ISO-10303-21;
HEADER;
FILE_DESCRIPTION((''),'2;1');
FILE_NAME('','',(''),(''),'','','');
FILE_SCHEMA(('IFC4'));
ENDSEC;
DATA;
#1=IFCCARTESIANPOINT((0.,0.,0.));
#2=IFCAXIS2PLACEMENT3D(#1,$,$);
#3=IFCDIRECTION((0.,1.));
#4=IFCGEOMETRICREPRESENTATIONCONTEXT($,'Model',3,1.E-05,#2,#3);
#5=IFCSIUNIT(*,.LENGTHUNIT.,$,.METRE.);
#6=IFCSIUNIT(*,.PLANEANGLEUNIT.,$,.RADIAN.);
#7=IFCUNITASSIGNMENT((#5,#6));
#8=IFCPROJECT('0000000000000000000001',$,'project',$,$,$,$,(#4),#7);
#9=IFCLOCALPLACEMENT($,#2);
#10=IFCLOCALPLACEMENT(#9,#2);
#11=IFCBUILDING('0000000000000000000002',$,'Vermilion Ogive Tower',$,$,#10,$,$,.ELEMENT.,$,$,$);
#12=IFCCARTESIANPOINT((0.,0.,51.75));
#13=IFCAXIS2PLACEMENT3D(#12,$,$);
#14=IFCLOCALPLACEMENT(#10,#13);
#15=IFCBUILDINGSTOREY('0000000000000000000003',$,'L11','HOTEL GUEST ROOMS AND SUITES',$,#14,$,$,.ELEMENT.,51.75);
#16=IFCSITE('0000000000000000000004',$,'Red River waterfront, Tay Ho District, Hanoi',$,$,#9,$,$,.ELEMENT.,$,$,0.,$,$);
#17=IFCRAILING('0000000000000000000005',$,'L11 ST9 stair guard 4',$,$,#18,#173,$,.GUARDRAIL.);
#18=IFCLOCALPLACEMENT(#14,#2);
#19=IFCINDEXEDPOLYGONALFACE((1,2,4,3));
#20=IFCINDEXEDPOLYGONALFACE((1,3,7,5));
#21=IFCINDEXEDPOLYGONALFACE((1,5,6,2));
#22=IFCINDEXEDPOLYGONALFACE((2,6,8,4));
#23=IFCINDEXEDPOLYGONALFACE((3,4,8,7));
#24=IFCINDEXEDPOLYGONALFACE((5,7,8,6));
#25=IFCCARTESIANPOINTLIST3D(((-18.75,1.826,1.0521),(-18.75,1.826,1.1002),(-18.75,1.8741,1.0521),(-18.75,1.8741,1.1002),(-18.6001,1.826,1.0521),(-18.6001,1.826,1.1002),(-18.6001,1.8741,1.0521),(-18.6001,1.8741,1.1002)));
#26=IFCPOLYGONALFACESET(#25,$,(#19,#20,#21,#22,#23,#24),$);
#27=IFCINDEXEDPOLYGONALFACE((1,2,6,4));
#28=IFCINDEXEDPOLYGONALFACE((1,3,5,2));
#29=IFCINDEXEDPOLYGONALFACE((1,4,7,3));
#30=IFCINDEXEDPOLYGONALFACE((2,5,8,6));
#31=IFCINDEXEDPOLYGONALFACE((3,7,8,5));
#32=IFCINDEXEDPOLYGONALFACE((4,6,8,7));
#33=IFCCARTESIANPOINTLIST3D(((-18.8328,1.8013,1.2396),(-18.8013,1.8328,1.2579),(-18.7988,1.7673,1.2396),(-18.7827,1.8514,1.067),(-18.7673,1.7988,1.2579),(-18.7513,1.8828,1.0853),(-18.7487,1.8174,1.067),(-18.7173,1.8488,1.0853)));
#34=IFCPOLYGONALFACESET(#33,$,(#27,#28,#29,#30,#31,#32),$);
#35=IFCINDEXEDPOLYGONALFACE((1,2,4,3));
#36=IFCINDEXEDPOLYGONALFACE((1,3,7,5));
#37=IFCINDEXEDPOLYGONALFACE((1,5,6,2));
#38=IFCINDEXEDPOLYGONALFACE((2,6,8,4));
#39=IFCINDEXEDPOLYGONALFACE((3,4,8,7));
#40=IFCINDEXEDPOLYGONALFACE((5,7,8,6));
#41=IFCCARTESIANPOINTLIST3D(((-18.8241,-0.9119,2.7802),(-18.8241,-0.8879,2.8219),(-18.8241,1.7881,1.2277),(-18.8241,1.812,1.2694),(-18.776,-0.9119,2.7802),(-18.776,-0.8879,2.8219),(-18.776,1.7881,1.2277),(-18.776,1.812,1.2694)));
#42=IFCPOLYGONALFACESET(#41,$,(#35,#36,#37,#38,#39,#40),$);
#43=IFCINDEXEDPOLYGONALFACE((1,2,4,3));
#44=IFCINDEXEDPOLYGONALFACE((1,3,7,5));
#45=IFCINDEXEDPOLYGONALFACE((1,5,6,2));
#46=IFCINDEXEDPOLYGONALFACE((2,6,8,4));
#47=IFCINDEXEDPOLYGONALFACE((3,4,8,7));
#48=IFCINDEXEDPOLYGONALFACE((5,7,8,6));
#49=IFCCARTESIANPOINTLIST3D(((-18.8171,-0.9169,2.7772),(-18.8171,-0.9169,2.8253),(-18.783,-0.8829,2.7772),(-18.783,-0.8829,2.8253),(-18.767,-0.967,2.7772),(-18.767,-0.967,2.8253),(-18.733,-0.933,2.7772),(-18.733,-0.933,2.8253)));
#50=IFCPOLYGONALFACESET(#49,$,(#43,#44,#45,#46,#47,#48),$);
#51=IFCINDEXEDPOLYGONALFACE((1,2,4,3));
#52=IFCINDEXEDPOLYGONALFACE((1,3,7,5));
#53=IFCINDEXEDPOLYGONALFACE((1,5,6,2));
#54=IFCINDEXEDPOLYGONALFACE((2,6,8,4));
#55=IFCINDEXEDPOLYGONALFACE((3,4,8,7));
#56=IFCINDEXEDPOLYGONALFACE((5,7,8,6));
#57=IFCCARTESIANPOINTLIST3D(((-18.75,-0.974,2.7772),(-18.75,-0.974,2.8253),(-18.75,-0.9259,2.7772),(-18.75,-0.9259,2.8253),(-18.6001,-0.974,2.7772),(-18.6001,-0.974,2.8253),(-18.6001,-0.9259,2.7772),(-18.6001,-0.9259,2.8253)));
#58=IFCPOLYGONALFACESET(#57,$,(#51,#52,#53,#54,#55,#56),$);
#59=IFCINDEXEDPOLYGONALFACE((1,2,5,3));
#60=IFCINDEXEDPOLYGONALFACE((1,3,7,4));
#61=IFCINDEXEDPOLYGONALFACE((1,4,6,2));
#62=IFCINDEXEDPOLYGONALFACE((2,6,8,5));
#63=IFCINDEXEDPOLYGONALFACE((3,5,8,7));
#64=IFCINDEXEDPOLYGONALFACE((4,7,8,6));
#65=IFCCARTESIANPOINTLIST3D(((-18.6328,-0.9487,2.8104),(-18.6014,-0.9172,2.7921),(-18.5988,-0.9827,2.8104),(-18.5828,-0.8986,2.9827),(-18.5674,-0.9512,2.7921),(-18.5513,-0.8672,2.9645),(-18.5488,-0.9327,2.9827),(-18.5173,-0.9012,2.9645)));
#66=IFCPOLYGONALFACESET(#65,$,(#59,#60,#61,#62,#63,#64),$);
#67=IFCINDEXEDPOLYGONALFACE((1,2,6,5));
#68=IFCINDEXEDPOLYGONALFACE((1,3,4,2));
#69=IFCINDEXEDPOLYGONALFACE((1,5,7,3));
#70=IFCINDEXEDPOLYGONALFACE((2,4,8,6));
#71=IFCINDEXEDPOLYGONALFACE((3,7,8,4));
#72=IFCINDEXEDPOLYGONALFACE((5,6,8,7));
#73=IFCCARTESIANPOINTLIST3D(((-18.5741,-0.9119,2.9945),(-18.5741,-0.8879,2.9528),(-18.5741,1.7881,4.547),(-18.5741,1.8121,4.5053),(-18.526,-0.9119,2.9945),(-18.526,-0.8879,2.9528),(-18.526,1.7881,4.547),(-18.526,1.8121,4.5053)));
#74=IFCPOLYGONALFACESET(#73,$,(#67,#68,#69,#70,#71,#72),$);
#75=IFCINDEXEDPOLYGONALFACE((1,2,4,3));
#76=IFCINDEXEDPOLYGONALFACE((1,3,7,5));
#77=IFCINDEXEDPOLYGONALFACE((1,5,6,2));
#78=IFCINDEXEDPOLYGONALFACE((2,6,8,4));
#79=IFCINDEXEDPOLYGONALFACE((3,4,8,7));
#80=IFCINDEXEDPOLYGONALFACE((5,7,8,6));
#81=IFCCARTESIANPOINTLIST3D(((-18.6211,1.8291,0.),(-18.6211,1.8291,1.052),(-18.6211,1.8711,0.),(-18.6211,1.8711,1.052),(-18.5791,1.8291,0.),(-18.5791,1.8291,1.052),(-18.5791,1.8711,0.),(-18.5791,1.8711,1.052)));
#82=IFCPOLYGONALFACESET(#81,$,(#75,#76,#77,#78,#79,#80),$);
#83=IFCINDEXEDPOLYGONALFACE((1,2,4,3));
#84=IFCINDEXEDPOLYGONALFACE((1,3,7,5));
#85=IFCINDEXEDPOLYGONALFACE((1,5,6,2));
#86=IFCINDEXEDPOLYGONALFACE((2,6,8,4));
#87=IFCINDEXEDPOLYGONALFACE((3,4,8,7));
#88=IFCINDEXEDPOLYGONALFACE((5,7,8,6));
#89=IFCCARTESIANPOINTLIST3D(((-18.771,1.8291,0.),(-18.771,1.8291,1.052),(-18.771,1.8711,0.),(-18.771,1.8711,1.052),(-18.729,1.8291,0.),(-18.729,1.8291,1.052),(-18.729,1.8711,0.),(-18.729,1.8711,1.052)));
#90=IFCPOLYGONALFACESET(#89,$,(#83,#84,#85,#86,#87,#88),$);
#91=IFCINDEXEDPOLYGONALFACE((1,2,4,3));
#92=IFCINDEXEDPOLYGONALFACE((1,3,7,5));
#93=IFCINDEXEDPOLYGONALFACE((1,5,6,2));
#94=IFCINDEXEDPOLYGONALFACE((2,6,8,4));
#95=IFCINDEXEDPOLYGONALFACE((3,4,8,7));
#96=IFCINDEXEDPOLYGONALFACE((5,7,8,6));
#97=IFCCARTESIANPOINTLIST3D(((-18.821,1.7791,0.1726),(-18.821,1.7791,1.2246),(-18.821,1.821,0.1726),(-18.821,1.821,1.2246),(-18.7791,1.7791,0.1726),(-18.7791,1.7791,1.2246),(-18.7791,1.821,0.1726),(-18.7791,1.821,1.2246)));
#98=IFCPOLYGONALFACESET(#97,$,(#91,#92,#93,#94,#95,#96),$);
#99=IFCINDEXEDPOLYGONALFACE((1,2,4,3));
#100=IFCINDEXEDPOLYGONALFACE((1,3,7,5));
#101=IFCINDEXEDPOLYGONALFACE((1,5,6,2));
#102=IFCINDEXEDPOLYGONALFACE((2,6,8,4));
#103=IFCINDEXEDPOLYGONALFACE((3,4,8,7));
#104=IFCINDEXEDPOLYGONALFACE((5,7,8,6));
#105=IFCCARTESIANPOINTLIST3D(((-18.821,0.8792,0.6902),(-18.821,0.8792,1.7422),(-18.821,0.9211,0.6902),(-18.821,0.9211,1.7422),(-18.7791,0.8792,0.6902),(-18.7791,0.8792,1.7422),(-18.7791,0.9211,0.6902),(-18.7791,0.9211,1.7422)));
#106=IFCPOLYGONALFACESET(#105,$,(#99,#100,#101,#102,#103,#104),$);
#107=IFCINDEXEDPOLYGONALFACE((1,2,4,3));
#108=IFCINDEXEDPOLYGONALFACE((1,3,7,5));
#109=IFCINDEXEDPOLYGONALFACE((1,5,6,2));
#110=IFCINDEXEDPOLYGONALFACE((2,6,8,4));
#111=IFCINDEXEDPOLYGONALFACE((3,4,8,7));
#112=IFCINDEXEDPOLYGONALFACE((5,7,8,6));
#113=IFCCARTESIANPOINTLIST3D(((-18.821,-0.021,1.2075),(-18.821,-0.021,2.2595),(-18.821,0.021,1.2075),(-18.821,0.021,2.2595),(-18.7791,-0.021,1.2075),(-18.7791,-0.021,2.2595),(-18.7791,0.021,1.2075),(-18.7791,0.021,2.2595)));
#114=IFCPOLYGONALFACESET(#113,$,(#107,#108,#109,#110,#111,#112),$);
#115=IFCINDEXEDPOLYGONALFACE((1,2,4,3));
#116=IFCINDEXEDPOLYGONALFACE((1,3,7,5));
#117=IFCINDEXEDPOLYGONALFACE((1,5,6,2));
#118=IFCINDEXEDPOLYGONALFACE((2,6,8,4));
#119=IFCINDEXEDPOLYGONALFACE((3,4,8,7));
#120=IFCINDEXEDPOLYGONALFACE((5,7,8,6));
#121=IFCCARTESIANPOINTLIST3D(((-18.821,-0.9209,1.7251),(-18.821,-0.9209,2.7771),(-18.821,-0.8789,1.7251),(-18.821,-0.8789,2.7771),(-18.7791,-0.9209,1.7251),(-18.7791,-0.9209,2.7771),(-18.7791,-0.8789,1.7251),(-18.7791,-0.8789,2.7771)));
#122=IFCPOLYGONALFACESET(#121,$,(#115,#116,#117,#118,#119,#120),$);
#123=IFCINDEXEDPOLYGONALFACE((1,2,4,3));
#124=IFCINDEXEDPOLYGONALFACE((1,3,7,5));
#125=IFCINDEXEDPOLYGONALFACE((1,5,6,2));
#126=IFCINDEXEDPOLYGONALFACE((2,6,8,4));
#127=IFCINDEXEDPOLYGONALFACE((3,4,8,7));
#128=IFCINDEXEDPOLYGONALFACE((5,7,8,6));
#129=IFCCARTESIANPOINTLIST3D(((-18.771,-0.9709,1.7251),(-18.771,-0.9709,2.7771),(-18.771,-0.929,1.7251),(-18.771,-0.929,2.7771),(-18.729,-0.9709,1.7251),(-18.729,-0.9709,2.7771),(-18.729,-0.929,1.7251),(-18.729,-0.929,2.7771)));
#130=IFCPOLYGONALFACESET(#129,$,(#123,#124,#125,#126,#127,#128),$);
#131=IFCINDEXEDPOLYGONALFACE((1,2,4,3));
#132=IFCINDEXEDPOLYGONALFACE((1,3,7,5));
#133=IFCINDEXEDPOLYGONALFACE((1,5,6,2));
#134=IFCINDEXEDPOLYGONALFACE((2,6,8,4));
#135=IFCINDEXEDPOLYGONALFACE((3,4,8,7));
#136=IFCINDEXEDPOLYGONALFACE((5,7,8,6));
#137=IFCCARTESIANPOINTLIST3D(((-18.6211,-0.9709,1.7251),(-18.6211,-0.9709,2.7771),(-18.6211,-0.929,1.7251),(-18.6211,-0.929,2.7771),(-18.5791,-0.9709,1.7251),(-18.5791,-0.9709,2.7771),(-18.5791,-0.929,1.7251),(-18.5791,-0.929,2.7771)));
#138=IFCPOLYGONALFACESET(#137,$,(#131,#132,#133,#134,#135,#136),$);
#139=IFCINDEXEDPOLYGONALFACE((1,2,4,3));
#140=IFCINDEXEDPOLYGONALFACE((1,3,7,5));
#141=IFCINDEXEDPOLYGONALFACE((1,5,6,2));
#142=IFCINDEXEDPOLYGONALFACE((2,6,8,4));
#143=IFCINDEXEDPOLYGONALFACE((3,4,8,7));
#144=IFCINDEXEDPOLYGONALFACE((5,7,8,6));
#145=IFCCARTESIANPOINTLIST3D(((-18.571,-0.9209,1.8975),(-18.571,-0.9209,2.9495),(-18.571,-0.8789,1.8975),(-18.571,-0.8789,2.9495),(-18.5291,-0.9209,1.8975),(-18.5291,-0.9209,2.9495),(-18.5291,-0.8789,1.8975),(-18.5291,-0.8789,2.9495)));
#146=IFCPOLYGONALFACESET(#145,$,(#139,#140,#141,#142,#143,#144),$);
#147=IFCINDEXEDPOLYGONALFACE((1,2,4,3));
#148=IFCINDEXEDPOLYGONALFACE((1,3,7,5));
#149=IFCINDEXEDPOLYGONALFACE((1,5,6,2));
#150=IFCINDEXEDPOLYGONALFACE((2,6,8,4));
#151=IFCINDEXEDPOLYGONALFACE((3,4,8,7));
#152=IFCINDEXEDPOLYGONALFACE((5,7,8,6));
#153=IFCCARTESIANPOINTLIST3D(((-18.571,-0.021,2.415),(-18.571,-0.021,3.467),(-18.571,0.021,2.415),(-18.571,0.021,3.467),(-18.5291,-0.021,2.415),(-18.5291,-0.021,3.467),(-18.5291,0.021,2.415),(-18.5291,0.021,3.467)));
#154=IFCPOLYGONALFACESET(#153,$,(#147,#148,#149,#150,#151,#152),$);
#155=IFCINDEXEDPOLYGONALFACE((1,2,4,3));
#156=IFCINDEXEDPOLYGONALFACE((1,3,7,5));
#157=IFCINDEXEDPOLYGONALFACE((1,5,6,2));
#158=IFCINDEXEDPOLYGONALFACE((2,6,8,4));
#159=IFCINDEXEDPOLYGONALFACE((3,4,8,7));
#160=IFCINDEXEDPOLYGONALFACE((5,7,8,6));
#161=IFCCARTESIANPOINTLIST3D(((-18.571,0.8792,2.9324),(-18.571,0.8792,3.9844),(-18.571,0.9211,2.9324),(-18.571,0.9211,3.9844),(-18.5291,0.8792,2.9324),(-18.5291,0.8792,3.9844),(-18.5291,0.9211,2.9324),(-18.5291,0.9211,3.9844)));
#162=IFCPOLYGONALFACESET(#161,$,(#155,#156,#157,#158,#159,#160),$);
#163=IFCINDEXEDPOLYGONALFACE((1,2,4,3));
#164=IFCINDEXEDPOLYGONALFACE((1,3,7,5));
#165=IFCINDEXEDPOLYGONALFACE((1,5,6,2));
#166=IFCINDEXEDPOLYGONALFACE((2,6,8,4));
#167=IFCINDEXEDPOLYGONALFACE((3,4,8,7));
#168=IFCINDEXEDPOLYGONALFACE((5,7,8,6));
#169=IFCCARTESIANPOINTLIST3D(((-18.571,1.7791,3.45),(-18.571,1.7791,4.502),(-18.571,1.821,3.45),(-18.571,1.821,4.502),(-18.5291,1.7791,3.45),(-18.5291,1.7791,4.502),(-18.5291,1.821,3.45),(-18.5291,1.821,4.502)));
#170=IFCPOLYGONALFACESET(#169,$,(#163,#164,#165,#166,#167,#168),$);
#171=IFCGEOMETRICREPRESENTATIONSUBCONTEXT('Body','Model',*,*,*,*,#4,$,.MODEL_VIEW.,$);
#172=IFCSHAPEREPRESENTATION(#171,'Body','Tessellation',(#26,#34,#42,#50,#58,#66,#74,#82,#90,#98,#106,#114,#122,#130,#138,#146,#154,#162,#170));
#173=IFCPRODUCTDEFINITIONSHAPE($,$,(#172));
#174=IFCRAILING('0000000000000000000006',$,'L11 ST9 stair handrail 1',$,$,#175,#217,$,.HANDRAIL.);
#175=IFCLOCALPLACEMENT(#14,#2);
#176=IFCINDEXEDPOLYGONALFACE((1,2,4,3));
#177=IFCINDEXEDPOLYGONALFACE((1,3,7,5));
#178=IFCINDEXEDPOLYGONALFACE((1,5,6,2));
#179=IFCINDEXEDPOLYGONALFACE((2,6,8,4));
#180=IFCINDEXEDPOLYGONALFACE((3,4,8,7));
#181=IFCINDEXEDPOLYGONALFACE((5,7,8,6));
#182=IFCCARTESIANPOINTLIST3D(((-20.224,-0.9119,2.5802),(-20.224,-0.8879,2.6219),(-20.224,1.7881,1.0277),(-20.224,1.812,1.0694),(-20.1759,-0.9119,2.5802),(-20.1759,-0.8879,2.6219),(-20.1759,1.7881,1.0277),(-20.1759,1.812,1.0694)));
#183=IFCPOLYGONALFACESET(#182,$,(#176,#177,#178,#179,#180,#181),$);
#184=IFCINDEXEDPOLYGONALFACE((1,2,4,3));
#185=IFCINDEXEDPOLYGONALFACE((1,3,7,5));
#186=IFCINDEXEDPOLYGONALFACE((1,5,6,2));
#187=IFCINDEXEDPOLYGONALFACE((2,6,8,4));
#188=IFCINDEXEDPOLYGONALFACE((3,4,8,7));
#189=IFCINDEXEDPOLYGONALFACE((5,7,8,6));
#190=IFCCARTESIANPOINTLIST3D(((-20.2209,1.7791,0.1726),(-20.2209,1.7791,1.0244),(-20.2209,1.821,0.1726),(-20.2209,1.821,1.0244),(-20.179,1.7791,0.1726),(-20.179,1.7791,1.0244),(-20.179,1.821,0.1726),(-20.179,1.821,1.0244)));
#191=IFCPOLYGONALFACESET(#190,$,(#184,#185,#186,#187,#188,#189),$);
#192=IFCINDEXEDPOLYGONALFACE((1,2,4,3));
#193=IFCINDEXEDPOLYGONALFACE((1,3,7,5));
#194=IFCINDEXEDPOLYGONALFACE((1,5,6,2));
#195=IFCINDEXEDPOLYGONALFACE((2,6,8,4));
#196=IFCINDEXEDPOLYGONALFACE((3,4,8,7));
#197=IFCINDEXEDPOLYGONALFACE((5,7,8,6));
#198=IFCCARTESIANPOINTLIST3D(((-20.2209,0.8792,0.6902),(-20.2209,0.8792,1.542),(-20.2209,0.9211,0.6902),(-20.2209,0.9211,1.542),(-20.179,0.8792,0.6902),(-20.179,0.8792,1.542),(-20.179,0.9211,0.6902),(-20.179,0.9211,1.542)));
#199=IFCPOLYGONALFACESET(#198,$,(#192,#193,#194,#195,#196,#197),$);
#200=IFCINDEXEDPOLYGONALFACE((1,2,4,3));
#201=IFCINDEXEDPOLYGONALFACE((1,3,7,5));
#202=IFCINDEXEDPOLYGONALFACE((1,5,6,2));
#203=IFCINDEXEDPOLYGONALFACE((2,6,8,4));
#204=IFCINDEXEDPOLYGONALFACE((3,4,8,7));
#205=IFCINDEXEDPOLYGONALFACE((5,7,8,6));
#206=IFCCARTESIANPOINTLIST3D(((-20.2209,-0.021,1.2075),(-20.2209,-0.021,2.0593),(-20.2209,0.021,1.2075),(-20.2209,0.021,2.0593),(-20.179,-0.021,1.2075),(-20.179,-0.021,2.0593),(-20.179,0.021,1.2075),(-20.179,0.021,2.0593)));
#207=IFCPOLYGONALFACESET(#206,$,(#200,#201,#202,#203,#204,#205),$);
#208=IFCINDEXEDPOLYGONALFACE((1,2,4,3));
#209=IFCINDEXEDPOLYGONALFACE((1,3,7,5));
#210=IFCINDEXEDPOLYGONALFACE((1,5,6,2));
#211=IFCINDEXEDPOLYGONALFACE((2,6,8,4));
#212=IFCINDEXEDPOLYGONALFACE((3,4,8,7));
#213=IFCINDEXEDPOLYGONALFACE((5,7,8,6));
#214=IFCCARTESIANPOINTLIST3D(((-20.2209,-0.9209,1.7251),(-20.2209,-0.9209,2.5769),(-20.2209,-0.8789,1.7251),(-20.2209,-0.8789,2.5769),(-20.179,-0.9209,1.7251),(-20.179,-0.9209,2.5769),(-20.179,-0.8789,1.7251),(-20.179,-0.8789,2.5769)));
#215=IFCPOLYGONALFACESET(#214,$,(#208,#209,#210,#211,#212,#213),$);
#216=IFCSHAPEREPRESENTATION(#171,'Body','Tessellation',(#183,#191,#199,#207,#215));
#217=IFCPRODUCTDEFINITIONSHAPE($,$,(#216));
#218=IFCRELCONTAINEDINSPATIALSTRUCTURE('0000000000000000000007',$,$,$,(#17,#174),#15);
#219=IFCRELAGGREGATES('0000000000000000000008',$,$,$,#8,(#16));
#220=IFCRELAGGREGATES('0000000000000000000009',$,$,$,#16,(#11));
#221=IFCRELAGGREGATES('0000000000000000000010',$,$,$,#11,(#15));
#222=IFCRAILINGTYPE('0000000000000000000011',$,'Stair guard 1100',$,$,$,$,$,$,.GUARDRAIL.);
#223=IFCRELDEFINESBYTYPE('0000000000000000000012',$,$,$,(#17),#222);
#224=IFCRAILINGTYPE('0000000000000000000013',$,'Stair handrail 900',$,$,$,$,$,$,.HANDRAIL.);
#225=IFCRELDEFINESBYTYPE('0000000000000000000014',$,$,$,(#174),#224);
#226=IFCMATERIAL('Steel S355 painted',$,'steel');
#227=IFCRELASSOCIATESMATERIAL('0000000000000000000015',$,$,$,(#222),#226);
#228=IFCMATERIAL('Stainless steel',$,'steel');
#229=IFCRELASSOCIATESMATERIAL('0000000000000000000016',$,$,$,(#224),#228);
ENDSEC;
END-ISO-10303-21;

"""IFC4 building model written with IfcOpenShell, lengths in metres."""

from ifc_helpers import new_model, si_unit, direction, frame, origin, origin_2d, place, context, subcontext, project, spatial, rectangle, extrude, material, type_object, element, save


model = new_model("IFC4")

# Units and contexts
model_context = context("Model", 3, precision=1e-05, world=origin(), true_north=direction((0.0, 1.0)))
body_context = subcontext(model_context, "Body", "Model", "MODEL_VIEW")
ifc_project = project(units=[si_unit("LENGTHUNIT", "METRE"), si_unit("PLANEANGLEUNIT", "RADIAN")], contexts=[model_context])

# Site, building, storey
site_placement = place(None, origin())
site = spatial("IfcSite", under=ifc_project, at=site_placement, Name="Red River waterfront, Tay Ho District, Hanoi", CompositionType="ELEMENT", RefElevation=0.0)
building_placement = place(site_placement, origin())
building = spatial("IfcBuilding", under=site, at=building_placement, Name="Vermilion Ogive Tower", CompositionType="ELEMENT")
storey_placement = place(building_placement, frame((0.0, 0.0, 51.75)))
storey = spatial("IfcBuildingStorey", under=building, at=storey_placement, Name="L11", Description="HOTEL GUEST ROOMS AND SUITES", CompositionType="ELEMENT", Elevation=51.75)

# Railings
ifc_material_1 = material(Name="Steel S355 painted", Category="steel")
railing_type_1 = type_object("IfcRailingType", Name="Stair guard 1100", PredefinedType="GUARDRAIL", material=ifc_material_1)
railing_1_placement = place(storey_placement, frame((-18.6001, 1.8501, 0.0)))
element("IfcRailing", 1, at=railing_1_placement, inside=storey, type_object=railing_type_1, Name="L11 ST9 stair guard 4", PredefinedType="GUARDRAIL", context=body_context, shape_type="SweptSolid", body=[
    extrude(rectangle(XDim=0.0481, YDim=0.0481, at=origin_2d()), frame((0.0, 0.0, 1.0762), z_axis=(-1.0, 0.0, 0.0), x_axis=(0.0, -1.0, 0.0)), (0.0, 0.0, 1.0), 0.1499),
    extrude(rectangle(XDim=0.0481, YDim=0.0481, at=origin_2d()), frame((-0.1499, 0.0, 1.0762), z_axis=(-0.268278, -0.268278, 0.925232), x_axis=(0.707107, -0.707107, 0.0)), (0.0, 0.0, 1.0), 0.1865),
    extrude(rectangle(XDim=0.0481, YDim=0.0481, at=origin_2d()), frame((-0.2, -0.05, 1.2485), z_axis=(0.0, -0.866904, 0.498476), x_axis=(1.0, 0.0, 0.0)), (0.0, 0.0, 1.0), 3.1145),
    extrude(rectangle(XDim=0.0481, YDim=0.0481, at=origin_2d()), frame((-0.2, -2.75, 2.8013), z_axis=(0.707107, -0.707107, 0.0), x_axis=(0.707107, 0.707107, 0.0)), (0.0, 0.0, 1.0), 0.0708),
    extrude(rectangle(XDim=0.0481, YDim=0.0481, at=origin_2d()), frame((-0.1499, -2.8, 2.8013), z_axis=(1.0, 0.0, 0.0), x_axis=(0.0, 1.0, 0.0)), (0.0, 0.0, 1.0), 0.1499),
    extrude(rectangle(XDim=0.0481, YDim=0.0481, at=origin_2d()), frame((0.0, -2.8, 2.8013), z_axis=(0.268603, 0.268603, 0.925043), x_axis=(-0.707107, 0.707107, 0.0)), (0.0, 0.0, 1.0), 0.1863),
    extrude(rectangle(XDim=0.0481, YDim=0.0481, at=origin_2d()), frame((0.05, -2.75, 2.9736), z_axis=(0.0, 0.866904, 0.498476), x_axis=(-1.0, 0.0, 0.0)), (0.0, 0.0, 1.0), 3.1145),
    extrude(rectangle(XDim=0.042, YDim=0.042, at=origin_2d()), origin(), (0.0, 0.0, 1.0), 1.052),
    extrude(rectangle(XDim=0.042, YDim=0.042, at=origin_2d()), frame((-0.1499, 0.0, 0.0)), (0.0, 0.0, 1.0), 1.052),
    extrude(rectangle(XDim=0.042, YDim=0.042, at=origin_2d()), frame((-0.2, -0.05, 0.1726)), (0.0, 0.0, 1.0), 1.052),
    extrude(rectangle(XDim=0.042, YDim=0.042, at=origin_2d()), frame((-0.2, -0.95, 0.6902)), (0.0, 0.0, 1.0), 1.052),
    extrude(rectangle(XDim=0.042, YDim=0.042, at=origin_2d()), frame((-0.2, -1.8501, 1.2075)), (0.0, 0.0, 1.0), 1.052),
    extrude(rectangle(XDim=0.042, YDim=0.042, at=origin_2d()), frame((-0.2, -2.75, 1.7251)), (0.0, 0.0, 1.0), 1.052),
    extrude(rectangle(XDim=0.042, YDim=0.042, at=origin_2d()), frame((-0.1499, -2.8, 1.7251)), (0.0, 0.0, 1.0), 1.052),
    extrude(rectangle(XDim=0.042, YDim=0.042, at=origin_2d()), frame((0.0, -2.8, 1.7251)), (0.0, 0.0, 1.0), 1.052),
    extrude(rectangle(XDim=0.042, YDim=0.042, at=origin_2d()), frame((0.05, -2.75, 1.8975)), (0.0, 0.0, 1.0), 1.052),
    extrude(rectangle(XDim=0.042, YDim=0.042, at=origin_2d()), frame((0.05, -1.8501, 2.415)), (0.0, 0.0, 1.0), 1.052),
    extrude(rectangle(XDim=0.042, YDim=0.042, at=origin_2d()), frame((0.05, -0.95, 2.9324)), (0.0, 0.0, 1.0), 1.052),
    extrude(rectangle(XDim=0.042, YDim=0.042, at=origin_2d()), frame((0.05, -0.05, 3.45)), (0.0, 0.0, 1.0), 1.052),
])
ifc_material_2 = material(Name="Stainless steel", Category="steel")
railing_type_2 = type_object("IfcRailingType", Name="Stair handrail 900", PredefinedType="HANDRAIL", material=ifc_material_2)
railing_2_placement = place(storey_placement, frame((-20.2, 1.8, 0.1726)))
element("IfcRailing", 2, at=railing_2_placement, inside=storey, type_object=railing_type_2, Name="L11 ST9 stair handrail 1", PredefinedType="HANDRAIL", context=body_context, shape_type="SweptSolid", body=[
    extrude(rectangle(XDim=0.0481, YDim=0.0481, at=origin_2d()), frame((0.0, 0.0, 0.876), z_axis=(0.0, -0.866904, 0.498476), x_axis=(1.0, 0.0, 0.0)), (0.0, 0.0, 1.0), 3.1145),
    extrude(rectangle(XDim=0.042, YDim=0.042, at=origin_2d()), origin(), (0.0, 0.0, 1.0), 0.8518),
    extrude(rectangle(XDim=0.042, YDim=0.042, at=origin_2d()), frame((0.0, -0.8999, 0.5176)), (0.0, 0.0, 1.0), 0.8518),
    extrude(rectangle(XDim=0.042, YDim=0.042, at=origin_2d()), frame((0.0, -1.8, 1.0349)), (0.0, 0.0, 1.0), 0.8518),
    extrude(rectangle(XDim=0.042, YDim=0.042, at=origin_2d()), frame((0.0, -2.7, 1.5525)), (0.0, 0.0, 1.0), 0.8518),
])

save(model, "model.ifc")
